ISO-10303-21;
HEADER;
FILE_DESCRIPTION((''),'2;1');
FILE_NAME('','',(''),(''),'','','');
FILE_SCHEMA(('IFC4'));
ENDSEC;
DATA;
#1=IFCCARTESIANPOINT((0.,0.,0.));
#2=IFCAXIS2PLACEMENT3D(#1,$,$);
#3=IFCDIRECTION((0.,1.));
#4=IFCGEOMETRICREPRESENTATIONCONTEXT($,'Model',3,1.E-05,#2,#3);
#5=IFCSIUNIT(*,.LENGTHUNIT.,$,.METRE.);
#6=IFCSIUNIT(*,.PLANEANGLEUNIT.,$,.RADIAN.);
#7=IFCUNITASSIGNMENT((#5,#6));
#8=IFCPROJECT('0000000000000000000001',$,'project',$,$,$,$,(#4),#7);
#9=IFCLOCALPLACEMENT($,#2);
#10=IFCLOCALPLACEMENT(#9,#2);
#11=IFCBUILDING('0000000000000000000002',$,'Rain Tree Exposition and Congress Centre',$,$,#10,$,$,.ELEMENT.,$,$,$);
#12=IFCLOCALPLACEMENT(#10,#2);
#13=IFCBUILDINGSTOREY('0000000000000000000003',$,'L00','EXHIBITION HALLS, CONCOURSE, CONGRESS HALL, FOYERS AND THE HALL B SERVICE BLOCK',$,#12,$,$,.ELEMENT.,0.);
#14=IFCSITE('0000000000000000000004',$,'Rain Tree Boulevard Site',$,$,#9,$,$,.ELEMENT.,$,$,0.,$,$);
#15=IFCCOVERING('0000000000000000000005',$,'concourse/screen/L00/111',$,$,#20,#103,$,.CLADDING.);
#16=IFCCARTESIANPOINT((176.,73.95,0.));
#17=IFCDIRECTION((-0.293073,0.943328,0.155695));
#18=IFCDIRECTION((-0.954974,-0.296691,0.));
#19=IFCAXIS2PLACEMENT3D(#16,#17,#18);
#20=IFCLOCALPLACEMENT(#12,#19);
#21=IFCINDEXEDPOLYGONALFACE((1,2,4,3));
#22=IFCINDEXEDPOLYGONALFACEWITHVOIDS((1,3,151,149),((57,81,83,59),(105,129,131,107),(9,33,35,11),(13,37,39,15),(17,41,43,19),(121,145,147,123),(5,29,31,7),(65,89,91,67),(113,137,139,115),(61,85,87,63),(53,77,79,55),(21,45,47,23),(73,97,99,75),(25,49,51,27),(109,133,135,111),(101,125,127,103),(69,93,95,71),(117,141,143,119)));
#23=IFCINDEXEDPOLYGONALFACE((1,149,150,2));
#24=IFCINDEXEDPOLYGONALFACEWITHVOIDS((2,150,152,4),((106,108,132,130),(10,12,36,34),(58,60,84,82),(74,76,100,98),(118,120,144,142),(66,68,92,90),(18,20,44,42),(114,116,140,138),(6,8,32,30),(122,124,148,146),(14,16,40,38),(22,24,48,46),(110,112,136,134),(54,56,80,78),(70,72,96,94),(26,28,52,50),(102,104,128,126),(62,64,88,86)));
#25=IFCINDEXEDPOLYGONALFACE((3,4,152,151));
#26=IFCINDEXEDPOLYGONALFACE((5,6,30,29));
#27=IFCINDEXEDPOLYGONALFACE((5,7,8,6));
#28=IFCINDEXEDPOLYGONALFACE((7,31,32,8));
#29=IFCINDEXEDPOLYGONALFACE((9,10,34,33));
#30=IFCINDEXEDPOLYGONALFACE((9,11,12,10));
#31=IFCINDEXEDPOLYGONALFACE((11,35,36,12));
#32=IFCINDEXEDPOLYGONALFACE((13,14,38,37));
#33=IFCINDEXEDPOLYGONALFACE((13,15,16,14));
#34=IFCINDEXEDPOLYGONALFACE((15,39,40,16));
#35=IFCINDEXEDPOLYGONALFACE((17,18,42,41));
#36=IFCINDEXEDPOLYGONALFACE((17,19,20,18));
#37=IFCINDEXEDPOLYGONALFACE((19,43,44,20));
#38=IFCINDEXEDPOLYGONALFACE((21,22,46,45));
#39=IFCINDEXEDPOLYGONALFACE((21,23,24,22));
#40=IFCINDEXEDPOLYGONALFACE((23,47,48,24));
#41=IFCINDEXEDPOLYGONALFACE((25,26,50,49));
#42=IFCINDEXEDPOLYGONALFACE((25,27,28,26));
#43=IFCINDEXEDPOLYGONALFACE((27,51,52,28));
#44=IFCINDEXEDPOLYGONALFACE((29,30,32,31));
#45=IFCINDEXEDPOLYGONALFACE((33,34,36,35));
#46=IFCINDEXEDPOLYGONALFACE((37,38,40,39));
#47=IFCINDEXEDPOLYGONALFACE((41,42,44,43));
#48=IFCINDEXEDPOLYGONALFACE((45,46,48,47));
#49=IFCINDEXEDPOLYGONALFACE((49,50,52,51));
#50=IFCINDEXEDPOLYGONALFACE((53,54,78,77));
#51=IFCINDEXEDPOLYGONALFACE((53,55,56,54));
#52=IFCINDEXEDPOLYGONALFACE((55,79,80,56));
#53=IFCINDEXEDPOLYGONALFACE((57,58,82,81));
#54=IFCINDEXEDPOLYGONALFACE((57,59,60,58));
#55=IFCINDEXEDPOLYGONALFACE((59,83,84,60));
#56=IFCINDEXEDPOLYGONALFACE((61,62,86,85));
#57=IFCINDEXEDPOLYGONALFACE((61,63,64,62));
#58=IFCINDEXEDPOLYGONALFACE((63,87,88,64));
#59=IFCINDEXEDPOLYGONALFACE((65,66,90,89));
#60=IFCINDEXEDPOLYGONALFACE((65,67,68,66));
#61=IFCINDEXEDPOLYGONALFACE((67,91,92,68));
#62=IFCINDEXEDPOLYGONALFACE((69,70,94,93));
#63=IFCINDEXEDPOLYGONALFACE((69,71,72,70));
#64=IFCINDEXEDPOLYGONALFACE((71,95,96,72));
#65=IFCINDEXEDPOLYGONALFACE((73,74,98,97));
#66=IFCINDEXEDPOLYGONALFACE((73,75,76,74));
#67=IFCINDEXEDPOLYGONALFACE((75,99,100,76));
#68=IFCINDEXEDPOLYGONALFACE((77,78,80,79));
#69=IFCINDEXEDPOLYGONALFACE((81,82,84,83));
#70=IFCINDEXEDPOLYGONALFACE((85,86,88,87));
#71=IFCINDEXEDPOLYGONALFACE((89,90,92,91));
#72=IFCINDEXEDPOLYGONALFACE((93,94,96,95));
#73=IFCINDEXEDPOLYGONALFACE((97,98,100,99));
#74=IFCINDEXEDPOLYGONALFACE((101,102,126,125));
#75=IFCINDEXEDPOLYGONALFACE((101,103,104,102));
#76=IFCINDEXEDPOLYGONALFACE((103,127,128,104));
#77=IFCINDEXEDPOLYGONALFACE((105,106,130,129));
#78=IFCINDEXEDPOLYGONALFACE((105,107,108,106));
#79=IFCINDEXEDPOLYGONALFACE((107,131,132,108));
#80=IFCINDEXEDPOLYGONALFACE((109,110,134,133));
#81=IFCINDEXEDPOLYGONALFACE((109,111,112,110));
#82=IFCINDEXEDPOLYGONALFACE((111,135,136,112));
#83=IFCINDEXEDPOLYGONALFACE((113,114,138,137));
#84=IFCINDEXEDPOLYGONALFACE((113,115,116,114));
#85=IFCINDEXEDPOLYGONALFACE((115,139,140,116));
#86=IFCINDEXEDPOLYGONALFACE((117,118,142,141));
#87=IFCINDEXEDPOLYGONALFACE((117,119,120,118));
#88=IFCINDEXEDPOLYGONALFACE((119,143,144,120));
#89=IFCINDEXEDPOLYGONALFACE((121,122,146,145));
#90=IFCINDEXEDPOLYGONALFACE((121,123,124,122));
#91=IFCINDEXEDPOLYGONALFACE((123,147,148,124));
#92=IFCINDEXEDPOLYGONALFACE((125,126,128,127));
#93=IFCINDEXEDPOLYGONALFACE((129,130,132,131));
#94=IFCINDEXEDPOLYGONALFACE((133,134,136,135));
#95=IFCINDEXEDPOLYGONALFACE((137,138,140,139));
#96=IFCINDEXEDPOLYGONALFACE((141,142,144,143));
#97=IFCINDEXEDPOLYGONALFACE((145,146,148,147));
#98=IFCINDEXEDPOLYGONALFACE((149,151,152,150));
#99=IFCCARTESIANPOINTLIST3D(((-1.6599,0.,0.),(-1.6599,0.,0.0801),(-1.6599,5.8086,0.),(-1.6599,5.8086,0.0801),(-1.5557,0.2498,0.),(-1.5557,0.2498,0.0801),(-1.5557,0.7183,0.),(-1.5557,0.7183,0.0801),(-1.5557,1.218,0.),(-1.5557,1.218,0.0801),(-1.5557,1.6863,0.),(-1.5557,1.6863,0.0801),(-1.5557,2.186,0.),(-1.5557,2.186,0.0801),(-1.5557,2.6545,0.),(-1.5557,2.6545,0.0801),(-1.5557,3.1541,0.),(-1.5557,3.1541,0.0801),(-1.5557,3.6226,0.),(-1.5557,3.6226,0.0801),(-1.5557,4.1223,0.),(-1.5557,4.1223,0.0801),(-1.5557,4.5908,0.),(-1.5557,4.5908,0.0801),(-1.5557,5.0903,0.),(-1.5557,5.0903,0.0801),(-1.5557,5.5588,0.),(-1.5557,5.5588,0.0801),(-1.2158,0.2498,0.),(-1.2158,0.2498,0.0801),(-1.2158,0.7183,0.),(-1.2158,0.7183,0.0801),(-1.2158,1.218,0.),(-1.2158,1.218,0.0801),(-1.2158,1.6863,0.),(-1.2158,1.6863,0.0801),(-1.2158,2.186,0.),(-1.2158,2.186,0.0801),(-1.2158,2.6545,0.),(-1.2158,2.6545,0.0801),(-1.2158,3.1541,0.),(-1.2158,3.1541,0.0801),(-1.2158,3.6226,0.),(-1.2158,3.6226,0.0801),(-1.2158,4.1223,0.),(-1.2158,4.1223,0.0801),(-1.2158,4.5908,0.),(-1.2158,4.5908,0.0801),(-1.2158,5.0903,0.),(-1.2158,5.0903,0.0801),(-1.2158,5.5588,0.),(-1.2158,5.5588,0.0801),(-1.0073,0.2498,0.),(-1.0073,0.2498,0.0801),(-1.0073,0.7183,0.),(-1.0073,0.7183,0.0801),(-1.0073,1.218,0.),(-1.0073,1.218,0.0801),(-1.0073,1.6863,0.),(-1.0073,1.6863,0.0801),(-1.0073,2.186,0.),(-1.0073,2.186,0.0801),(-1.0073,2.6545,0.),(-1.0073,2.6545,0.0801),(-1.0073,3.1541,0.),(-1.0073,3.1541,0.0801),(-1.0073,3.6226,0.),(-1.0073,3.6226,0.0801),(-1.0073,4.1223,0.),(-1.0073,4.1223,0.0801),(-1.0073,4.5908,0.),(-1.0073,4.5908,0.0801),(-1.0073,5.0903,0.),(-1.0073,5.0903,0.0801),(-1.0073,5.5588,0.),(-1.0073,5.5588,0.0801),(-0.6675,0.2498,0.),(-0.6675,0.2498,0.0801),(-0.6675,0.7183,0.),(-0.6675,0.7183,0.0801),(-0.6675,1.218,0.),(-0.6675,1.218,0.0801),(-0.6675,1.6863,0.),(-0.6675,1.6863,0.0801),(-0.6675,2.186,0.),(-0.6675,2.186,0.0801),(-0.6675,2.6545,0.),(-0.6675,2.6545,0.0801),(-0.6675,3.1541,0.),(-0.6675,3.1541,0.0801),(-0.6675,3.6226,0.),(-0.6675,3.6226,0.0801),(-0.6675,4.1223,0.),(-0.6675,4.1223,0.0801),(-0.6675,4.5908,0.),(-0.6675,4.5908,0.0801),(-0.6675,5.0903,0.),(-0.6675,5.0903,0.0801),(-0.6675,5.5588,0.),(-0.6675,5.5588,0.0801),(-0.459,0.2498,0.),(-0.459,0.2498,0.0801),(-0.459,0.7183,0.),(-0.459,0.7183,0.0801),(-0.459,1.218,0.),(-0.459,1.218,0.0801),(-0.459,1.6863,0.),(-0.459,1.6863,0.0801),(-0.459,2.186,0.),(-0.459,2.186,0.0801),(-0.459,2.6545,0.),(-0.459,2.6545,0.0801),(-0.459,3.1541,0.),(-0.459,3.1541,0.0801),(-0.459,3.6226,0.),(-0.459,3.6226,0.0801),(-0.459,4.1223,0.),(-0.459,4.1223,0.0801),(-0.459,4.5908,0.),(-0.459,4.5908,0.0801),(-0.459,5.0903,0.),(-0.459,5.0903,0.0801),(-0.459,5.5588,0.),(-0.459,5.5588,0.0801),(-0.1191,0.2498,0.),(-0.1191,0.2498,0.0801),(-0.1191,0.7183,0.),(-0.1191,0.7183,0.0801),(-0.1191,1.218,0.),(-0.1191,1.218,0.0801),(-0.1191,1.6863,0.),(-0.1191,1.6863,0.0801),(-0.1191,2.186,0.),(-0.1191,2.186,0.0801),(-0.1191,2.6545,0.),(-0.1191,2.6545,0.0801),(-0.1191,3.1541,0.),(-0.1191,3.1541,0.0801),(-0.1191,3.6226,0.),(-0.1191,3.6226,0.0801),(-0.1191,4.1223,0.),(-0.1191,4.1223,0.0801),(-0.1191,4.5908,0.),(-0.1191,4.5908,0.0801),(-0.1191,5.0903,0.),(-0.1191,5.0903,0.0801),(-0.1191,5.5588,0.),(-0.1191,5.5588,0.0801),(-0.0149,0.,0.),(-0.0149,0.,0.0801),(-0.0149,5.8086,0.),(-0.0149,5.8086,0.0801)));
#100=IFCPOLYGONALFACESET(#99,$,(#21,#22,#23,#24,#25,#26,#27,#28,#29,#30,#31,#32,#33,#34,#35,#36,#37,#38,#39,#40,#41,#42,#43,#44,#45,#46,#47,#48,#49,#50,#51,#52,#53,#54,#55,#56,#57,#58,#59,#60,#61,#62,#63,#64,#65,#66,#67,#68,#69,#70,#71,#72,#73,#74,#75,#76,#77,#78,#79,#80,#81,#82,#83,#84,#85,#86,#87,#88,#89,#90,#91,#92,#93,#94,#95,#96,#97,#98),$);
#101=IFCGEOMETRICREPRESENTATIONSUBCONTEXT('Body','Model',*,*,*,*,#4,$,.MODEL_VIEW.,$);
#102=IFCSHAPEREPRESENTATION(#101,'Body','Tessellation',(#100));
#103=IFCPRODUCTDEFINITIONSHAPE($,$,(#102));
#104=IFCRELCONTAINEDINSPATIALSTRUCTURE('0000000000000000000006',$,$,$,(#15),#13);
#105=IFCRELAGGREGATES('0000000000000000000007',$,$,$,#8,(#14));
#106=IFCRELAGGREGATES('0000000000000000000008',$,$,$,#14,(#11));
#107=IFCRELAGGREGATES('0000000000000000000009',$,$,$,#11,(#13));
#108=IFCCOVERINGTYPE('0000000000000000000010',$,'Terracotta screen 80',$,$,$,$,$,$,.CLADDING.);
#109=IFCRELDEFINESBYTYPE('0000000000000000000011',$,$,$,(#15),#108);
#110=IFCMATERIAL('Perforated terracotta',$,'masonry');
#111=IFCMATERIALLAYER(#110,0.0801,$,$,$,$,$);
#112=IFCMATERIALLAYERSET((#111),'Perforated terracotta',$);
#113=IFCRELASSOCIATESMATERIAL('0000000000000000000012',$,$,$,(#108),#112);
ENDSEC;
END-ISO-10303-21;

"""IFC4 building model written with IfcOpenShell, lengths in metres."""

from ifc_helpers import new_model, si_unit, direction, frame, origin, place, context, subcontext, project, spatial, polyline, outline, extrude, material, layer, layer_set, type_object, element, save


model = new_model("IFC4")

# Units and contexts
model_context = context("Model", 3, precision=1e-05, world=origin(), true_north=direction((0.0, 1.0)))
body_context = subcontext(model_context, "Body", "Model", "MODEL_VIEW")
ifc_project = project(units=[si_unit("LENGTHUNIT", "METRE"), si_unit("PLANEANGLEUNIT", "RADIAN")], contexts=[model_context])

# Site, building, storey
site_placement = place(None, origin())
site = spatial("IfcSite", under=ifc_project, at=site_placement, Name="Rain Tree Boulevard Site", CompositionType="ELEMENT", RefElevation=0.0)
building_placement = place(site_placement, origin())
building = spatial("IfcBuilding", under=site, at=building_placement, Name="Rain Tree Exposition and Congress Centre", CompositionType="ELEMENT")
storey_placement = place(building_placement, origin())
storey = spatial("IfcBuildingStorey", under=building, at=storey_placement, Name="L00", Description="EXHIBITION HALLS, CONCOURSE, CONGRESS HALL, FOYERS AND THE HALL B SERVICE BLOCK", CompositionType="ELEMENT", Elevation=0.0)

# Covering
ifc_material_1 = material(Name="Perforated terracotta", Category="masonry")
ifc_layer_1 = layer(ifc_material_1, 0.0801)
ifc_layer_set_1 = layer_set([ifc_layer_1], Name="Perforated terracotta")
covering_type = type_object("IfcCoveringType", Name="Terracotta screen 80", PredefinedType="CLADDING", material=ifc_layer_set_1)
covering_1_placement = place(storey_placement, frame((176.0, 73.95, 0.0), z_axis=(-0.293073, 0.943328, 0.155695), x_axis=(-0.954974, -0.296691, 0.0)))
element("IfcCovering", 1, at=covering_1_placement, inside=storey, type_object=covering_type, Name="concourse/screen/L00/111", PredefinedType="CLADDING", context=body_context, shape_type="SweptSolid", body=[
    extrude(outline(polyline([(-0.0149, 0.0), (-1.6599, 0.0), (-1.6599, 5.8086), (-0.0149, 5.8086), (-0.0149, 0.0)]), holes=[polyline([(-0.1191, 0.2498), (-0.1191, 0.7183), (-0.459, 0.7183), (-0.459, 0.2498), (-0.1191, 0.2498)]), polyline([(-0.1191, 1.218), (-0.1191, 1.6863), (-0.459, 1.6863), (-0.459, 1.218), (-0.1191, 1.218)]), polyline([(-0.1191, 2.186), (-0.1191, 2.6545), (-0.459, 2.6545), (-0.459, 2.186), (-0.1191, 2.186)]), polyline([(-0.1191, 3.1541), (-0.1191, 3.6226), (-0.459, 3.6226), (-0.459, 3.1541), (-0.1191, 3.1541)]), polyline([(-0.1191, 4.1223), (-0.1191, 4.5908), (-0.459, 4.5908), (-0.459, 4.1223), (-0.1191, 4.1223)]), polyline([(-0.1191, 5.0903), (-0.1191, 5.5588), (-0.459, 5.5588), (-0.459, 5.0903), (-0.1191, 5.0903)]), polyline([(-0.6675, 0.2498), (-0.6675, 0.7183), (-1.0073, 0.7183), (-1.0073, 0.2498), (-0.6675, 0.2498)]), polyline([(-0.6675, 1.218), (-0.6675, 1.6863), (-1.0073, 1.6863), (-1.0073, 1.218), (-0.6675, 1.218)]), polyline([(-0.6675, 2.186), (-0.6675, 2.6545), (-1.0073, 2.6545), (-1.0073, 2.186), (-0.6675, 2.186)]), polyline([(-0.6675, 3.1541), (-0.6675, 3.6226), (-1.0073, 3.6226), (-1.0073, 3.1541), (-0.6675, 3.1541)]), polyline([(-0.6675, 4.1223), (-0.6675, 4.5908), (-1.0073, 4.5908), (-1.0073, 4.1223), (-0.6675, 4.1223)]), polyline([(-0.6675, 5.0903), (-0.6675, 5.5588), (-1.0073, 5.5588), (-1.0073, 5.0903), (-0.6675, 5.0903)]), polyline([(-1.2158, 0.2498), (-1.2158, 0.7183), (-1.5557, 0.7183), (-1.5557, 0.2498), (-1.2158, 0.2498)]), polyline([(-1.2158, 1.218), (-1.2158, 1.6863), (-1.5557, 1.6863), (-1.5557, 1.218), (-1.2158, 1.218)]), polyline([(-1.2158, 2.186), (-1.2158, 2.6545), (-1.5557, 2.6545), (-1.5557, 2.186), (-1.2158, 2.186)]), polyline([(-1.2158, 3.1541), (-1.2158, 3.6226), (-1.5557, 3.6226), (-1.5557, 3.1541), (-1.2158, 3.1541)]), polyline([(-1.2158, 4.1223), (-1.2158, 4.5908), (-1.5557, 4.5908), (-1.5557, 4.1223), (-1.2158, 4.1223)]), polyline([(-1.2158, 5.0903), (-1.2158, 5.5588), (-1.5557, 5.5588), (-1.5557, 5.0903), (-1.2158, 5.0903)])]), origin(), (0.0, 0.0, 1.0), 0.0801),
])

save(model, "model.ifc")
